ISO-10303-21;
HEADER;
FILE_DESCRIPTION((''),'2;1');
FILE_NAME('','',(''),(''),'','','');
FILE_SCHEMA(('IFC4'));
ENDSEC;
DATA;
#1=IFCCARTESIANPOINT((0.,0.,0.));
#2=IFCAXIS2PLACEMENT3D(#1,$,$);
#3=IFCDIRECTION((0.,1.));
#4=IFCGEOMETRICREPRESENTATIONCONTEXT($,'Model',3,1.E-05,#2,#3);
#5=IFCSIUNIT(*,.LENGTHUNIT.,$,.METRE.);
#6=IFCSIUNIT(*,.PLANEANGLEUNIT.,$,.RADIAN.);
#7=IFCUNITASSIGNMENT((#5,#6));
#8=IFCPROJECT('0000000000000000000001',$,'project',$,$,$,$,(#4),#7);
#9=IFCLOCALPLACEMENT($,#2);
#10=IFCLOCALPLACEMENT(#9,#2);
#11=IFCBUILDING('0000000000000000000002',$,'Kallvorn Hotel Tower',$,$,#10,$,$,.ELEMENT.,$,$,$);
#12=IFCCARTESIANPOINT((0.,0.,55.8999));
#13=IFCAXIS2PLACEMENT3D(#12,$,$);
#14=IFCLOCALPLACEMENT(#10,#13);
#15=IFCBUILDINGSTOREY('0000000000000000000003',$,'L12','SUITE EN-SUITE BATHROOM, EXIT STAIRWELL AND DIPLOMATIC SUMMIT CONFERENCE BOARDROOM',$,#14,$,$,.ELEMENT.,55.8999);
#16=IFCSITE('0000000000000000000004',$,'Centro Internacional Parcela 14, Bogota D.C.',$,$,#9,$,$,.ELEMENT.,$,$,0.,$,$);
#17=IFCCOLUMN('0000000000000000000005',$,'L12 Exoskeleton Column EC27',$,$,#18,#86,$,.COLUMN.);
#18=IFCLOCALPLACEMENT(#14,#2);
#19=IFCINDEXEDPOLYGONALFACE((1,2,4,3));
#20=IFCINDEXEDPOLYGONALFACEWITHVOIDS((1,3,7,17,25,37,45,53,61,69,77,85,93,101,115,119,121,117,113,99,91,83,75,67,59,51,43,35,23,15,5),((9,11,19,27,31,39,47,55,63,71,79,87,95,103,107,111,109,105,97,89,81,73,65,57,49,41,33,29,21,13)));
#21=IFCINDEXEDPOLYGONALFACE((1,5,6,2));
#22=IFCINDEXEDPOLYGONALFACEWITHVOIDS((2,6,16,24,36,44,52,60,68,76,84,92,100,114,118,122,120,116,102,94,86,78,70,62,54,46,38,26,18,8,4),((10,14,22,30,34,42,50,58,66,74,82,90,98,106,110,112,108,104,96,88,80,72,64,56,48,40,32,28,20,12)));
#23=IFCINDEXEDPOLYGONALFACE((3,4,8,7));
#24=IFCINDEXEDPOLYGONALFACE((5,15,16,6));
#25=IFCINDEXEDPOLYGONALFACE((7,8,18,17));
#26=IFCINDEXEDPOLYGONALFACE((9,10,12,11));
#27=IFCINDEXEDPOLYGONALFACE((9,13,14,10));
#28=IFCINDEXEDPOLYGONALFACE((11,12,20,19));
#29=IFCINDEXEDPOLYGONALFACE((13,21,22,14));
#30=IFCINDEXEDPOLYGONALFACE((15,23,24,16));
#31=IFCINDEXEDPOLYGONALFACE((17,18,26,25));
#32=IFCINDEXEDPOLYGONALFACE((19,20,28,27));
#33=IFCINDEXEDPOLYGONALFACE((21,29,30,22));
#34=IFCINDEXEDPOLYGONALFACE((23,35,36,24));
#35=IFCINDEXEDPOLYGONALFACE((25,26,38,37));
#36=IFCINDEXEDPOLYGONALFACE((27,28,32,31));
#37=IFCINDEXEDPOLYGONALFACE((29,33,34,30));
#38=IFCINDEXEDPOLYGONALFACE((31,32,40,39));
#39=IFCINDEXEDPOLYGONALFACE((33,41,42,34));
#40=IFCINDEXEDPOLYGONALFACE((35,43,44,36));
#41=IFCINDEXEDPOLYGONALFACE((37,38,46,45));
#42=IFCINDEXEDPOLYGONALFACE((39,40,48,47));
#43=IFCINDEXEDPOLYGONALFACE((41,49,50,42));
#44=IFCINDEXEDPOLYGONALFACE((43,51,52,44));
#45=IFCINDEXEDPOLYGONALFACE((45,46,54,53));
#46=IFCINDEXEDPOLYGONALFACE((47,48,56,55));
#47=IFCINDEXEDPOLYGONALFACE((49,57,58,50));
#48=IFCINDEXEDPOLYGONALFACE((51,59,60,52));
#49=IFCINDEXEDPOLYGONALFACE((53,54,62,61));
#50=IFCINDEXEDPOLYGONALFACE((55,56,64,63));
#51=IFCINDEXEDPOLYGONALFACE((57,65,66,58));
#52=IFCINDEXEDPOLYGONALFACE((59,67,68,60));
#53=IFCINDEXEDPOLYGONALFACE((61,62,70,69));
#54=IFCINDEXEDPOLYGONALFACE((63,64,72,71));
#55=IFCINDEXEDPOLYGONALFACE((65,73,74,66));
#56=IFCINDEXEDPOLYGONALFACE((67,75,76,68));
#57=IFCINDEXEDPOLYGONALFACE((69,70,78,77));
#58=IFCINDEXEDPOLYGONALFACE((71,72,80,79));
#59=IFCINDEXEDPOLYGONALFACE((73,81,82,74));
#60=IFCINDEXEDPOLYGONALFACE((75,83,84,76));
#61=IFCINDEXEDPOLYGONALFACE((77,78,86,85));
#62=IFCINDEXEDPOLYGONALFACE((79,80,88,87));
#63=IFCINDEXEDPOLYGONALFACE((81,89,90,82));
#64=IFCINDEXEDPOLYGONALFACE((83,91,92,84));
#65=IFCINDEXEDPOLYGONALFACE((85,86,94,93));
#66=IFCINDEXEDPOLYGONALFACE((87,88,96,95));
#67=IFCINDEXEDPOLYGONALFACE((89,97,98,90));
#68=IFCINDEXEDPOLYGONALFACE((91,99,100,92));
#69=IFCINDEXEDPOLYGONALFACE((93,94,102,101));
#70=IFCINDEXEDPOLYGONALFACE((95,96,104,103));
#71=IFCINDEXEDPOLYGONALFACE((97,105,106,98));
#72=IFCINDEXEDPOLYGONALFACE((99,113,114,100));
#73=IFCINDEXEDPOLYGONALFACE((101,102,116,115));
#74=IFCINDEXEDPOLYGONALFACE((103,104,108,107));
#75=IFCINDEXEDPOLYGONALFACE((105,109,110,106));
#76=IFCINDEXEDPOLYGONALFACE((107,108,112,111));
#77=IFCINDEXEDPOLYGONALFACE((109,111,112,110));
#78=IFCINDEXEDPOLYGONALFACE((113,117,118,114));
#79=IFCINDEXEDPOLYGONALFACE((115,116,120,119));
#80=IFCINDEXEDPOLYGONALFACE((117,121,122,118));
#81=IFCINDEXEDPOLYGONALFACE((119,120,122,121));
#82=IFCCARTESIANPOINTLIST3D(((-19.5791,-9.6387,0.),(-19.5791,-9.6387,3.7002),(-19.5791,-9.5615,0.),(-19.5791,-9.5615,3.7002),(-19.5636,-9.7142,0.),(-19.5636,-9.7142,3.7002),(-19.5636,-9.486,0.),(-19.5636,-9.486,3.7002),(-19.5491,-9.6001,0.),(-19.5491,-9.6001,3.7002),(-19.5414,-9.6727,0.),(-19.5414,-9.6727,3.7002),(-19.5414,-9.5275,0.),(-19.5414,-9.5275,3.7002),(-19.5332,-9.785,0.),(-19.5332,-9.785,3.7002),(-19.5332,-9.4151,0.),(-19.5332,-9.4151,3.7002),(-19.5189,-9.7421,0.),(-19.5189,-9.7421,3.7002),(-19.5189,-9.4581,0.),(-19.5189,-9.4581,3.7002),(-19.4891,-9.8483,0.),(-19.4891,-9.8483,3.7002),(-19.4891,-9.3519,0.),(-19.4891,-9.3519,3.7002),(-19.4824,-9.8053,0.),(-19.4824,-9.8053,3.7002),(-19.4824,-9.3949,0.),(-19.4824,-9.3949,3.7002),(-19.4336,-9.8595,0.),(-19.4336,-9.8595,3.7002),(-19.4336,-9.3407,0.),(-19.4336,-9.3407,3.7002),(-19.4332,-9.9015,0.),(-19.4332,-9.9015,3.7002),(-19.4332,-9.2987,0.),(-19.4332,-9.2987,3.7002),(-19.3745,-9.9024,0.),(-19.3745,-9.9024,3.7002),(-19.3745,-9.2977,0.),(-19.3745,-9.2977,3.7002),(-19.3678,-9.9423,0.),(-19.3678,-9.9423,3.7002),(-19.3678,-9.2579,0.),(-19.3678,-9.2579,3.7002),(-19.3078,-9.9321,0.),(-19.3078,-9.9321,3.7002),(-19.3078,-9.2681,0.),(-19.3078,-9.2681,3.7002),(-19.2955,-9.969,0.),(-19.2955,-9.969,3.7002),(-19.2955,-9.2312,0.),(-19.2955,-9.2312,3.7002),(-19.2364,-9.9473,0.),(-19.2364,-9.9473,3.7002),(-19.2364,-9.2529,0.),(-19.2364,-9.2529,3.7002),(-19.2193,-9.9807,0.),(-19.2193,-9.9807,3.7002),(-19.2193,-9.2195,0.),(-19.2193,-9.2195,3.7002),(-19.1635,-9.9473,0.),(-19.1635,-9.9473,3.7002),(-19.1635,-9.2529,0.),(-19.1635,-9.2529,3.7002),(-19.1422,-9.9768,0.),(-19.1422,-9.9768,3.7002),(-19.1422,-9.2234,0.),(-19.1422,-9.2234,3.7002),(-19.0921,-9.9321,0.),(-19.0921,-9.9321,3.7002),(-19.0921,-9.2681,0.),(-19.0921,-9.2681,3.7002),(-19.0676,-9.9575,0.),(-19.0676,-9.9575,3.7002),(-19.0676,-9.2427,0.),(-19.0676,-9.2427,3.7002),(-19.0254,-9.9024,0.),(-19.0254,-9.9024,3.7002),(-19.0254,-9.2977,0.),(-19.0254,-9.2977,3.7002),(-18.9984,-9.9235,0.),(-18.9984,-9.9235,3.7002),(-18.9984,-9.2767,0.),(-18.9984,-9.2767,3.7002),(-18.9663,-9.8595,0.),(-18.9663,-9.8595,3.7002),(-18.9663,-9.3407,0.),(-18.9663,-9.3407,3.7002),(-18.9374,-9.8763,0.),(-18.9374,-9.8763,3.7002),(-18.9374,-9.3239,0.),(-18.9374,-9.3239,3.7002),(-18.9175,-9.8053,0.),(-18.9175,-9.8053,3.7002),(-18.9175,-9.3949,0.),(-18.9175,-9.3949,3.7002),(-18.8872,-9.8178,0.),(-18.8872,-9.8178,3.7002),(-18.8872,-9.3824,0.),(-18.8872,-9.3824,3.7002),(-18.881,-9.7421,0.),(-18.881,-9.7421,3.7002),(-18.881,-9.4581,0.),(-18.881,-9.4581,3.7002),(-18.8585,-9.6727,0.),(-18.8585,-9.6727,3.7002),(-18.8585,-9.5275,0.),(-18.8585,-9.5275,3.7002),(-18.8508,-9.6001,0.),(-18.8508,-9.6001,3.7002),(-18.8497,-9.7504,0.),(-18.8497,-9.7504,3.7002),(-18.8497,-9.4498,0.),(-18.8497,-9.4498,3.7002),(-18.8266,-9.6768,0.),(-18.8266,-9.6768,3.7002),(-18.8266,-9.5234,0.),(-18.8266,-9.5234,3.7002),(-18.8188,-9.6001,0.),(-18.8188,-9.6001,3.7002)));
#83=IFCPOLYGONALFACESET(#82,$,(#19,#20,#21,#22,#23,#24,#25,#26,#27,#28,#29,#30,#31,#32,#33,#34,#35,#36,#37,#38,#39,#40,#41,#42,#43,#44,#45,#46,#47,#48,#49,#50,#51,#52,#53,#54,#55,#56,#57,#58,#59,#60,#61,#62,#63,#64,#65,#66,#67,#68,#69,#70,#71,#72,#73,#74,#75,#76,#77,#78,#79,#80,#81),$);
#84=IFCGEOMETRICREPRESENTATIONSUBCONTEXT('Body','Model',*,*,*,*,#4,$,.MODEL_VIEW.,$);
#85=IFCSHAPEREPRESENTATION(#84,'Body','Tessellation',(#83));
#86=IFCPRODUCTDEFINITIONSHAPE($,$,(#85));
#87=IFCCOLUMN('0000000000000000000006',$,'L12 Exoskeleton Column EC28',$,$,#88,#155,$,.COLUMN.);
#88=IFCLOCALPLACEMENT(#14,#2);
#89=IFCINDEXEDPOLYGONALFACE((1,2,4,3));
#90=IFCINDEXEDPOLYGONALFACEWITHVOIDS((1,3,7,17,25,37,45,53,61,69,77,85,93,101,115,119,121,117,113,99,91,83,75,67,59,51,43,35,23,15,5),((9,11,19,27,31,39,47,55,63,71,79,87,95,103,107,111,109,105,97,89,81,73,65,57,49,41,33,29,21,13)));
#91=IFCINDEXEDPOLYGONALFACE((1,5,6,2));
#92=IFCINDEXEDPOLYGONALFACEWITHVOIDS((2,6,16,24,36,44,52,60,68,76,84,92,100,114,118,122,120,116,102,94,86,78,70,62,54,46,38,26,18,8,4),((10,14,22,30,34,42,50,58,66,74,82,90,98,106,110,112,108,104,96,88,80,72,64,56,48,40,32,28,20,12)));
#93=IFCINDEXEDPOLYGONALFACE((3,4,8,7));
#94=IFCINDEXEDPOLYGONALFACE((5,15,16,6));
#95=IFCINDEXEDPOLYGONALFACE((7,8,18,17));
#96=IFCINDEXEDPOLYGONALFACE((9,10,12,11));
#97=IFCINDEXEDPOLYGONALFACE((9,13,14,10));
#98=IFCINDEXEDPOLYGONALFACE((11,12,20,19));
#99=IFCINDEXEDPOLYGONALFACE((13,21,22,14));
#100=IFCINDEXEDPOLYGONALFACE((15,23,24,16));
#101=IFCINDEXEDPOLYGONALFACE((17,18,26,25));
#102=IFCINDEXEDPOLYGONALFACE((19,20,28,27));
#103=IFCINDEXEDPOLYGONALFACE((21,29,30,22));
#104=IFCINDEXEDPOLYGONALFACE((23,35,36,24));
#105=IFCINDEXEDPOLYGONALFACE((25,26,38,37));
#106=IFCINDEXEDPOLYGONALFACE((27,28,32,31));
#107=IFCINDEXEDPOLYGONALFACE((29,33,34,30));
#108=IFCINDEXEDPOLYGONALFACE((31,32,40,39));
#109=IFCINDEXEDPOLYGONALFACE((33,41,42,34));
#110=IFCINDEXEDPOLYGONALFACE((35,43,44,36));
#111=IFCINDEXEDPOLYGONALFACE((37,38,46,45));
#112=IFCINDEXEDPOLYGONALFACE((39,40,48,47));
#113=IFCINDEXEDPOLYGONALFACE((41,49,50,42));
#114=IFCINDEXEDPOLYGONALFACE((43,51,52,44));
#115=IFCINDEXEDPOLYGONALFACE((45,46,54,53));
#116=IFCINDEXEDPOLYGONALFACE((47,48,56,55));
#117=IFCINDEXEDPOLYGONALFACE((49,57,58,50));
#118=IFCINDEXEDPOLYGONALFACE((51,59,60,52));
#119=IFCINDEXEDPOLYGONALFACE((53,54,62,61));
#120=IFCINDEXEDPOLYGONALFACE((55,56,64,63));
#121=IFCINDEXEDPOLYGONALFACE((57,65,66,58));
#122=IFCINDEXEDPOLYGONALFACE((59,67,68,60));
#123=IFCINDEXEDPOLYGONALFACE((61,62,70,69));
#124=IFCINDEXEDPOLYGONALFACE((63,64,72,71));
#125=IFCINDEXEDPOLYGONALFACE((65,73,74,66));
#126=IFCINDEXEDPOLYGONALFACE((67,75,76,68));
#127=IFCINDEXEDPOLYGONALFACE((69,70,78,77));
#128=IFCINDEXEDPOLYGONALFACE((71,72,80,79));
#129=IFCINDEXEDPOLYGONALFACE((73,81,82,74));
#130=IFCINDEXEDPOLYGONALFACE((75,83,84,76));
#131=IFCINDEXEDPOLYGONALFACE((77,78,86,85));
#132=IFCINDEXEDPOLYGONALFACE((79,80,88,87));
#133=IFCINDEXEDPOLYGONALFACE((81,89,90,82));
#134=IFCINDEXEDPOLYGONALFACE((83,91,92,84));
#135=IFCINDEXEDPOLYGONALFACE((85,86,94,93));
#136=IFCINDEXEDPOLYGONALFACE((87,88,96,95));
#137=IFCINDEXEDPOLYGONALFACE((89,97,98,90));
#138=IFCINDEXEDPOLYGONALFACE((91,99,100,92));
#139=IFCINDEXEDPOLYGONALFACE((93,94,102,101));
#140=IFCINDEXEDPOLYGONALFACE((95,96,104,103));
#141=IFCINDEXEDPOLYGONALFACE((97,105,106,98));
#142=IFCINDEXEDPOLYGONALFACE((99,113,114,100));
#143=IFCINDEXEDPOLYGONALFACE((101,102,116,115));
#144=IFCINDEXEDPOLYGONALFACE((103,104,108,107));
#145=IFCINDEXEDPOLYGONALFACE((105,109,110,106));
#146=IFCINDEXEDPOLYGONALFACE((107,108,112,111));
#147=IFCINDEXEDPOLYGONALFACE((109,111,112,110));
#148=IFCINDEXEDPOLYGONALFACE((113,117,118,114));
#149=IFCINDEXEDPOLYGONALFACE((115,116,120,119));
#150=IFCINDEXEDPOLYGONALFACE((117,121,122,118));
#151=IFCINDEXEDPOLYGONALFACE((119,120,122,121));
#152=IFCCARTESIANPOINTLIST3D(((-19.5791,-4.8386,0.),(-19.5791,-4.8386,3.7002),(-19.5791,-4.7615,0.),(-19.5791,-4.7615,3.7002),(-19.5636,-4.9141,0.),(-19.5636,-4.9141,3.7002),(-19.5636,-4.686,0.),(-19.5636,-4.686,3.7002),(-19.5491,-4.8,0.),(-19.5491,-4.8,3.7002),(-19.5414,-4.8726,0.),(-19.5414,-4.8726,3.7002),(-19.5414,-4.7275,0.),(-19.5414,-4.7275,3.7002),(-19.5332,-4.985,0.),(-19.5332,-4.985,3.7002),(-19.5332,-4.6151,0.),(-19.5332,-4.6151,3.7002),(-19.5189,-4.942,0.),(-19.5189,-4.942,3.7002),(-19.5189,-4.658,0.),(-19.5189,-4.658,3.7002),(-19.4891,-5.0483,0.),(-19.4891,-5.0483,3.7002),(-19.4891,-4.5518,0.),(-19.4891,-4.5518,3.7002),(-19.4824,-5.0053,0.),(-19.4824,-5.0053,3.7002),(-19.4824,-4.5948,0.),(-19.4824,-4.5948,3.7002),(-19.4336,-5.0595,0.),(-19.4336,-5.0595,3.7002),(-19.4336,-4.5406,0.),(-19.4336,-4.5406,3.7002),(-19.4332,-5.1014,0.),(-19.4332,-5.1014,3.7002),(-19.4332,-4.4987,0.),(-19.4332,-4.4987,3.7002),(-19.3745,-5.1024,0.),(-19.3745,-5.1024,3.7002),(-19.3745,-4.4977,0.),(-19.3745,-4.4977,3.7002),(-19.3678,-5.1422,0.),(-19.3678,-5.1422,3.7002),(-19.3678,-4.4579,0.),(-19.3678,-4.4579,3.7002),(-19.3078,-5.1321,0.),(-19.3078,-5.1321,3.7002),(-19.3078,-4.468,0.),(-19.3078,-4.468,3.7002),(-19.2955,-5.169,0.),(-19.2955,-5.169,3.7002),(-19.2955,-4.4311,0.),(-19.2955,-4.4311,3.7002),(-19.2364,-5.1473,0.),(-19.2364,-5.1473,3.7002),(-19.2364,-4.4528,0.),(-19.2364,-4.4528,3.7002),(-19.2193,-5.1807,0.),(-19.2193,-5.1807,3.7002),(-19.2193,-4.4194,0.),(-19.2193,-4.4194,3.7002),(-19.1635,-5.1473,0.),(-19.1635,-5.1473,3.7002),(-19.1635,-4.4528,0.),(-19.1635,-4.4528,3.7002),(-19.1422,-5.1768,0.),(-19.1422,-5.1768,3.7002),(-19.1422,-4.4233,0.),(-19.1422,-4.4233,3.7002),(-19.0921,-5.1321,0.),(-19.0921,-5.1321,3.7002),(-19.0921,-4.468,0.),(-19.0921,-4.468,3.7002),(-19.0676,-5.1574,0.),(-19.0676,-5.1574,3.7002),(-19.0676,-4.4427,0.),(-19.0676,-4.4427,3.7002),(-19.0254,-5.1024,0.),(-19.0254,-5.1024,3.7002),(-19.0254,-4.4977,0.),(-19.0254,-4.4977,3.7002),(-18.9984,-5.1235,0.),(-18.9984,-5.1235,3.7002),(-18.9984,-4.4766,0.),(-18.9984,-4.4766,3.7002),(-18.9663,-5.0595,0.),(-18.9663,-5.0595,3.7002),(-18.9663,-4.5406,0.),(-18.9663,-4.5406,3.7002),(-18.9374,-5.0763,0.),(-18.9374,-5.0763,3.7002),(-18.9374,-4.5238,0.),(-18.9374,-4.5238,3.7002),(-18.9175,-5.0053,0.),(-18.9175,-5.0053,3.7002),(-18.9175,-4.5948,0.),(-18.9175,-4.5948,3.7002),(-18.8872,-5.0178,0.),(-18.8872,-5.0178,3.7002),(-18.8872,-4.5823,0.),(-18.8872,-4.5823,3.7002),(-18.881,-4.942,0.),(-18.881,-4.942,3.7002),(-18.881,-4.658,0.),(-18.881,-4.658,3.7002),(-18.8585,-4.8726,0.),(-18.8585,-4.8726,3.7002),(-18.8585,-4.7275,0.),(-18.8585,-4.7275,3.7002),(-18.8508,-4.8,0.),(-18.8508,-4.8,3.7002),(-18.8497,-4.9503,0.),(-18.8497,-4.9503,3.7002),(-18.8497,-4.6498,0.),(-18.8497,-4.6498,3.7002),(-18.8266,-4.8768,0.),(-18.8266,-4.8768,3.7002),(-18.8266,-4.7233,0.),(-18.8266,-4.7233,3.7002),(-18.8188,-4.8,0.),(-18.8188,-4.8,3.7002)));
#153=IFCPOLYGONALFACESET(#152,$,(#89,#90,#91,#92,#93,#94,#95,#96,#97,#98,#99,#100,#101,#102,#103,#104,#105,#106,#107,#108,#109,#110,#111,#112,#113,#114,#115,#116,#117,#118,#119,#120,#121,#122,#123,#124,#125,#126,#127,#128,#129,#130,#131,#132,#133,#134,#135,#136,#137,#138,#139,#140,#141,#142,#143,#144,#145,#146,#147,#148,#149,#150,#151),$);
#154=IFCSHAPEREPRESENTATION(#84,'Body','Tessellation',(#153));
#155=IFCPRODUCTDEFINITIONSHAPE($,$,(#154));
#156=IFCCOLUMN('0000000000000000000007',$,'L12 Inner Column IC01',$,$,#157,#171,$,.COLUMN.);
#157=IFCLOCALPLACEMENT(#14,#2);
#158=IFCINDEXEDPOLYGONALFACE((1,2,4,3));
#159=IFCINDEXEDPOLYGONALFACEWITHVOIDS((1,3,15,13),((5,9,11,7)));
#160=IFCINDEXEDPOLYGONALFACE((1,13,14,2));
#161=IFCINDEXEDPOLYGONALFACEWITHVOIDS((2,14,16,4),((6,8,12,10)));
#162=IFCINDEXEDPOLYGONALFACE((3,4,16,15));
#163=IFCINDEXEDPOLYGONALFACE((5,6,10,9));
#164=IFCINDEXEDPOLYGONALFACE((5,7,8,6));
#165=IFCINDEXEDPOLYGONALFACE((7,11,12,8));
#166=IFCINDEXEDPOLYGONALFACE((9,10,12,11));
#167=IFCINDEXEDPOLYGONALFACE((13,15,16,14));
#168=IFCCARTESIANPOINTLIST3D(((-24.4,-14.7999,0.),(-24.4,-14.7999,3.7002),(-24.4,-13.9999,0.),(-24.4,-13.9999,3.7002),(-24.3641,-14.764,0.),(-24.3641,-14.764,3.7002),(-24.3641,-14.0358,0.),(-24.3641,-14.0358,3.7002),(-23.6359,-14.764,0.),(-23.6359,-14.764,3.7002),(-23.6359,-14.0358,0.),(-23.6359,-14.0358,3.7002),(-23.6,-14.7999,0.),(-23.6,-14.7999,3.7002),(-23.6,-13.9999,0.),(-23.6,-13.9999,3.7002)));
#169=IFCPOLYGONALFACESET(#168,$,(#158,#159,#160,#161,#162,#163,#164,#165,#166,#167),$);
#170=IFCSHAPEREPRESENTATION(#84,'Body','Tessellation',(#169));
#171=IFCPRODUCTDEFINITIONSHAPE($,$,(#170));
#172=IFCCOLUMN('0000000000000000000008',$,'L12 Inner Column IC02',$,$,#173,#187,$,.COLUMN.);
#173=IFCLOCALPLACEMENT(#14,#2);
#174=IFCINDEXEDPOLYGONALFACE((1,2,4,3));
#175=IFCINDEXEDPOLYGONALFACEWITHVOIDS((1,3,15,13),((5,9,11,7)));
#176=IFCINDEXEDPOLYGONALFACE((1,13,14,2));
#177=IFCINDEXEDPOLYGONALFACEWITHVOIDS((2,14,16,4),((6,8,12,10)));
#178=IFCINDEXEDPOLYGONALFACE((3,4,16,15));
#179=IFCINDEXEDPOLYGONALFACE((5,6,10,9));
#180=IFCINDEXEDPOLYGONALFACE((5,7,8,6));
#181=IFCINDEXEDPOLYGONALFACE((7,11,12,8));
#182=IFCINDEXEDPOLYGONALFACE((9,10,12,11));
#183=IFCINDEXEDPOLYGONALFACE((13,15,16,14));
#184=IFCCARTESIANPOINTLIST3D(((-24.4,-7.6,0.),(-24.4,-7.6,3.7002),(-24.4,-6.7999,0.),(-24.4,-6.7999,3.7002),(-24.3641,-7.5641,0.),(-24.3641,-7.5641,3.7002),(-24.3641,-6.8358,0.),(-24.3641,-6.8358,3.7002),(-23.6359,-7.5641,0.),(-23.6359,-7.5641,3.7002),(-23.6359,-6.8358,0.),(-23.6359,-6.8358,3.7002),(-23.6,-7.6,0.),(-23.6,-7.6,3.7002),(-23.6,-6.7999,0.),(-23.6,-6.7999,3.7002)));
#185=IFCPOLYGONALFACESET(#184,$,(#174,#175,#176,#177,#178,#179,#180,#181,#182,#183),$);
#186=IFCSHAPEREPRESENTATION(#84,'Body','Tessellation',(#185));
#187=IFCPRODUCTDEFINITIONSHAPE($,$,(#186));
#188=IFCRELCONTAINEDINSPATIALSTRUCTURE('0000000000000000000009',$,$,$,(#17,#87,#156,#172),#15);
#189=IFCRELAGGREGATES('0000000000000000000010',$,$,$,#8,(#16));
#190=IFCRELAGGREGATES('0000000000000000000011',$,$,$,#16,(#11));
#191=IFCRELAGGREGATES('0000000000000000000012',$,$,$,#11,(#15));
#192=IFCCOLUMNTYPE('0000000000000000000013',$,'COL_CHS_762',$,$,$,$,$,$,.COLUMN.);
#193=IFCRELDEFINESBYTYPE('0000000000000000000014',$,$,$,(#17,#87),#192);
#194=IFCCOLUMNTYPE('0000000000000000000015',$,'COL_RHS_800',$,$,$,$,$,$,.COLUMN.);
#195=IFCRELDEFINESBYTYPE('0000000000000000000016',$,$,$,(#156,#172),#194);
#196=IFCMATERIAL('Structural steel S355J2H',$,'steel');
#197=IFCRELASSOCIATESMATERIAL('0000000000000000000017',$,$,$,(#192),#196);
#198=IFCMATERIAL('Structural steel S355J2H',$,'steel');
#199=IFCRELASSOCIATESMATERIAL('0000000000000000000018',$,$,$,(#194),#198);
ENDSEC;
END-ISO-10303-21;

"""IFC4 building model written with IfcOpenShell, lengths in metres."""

from ifc_helpers import new_model, si_unit, direction, frame, origin, origin_2d, place, context, subcontext, project, spatial, hollow_rectangle, hollow_circle, extrude, material, material_profile, profile_set, type_object, element, save


model = new_model("IFC4")

# Units and contexts
model_context = context("Model", 3, precision=1e-05, world=origin(), true_north=direction((0.0, 1.0)))
body_context = subcontext(model_context, "Body", "Model", "MODEL_VIEW")
ifc_project = project(units=[si_unit("LENGTHUNIT", "METRE"), si_unit("PLANEANGLEUNIT", "RADIAN")], contexts=[model_context])

# Site, building, storey
site_placement = place(None, origin())
site = spatial("IfcSite", under=ifc_project, at=site_placement, Name="Centro Internacional Parcela 14, Bogota D.C.", CompositionType="ELEMENT", RefElevation=0.0)
building_placement = place(site_placement, origin())
building = spatial("IfcBuilding", under=site, at=building_placement, Name="Kallvorn Hotel Tower", CompositionType="ELEMENT")
storey_placement = place(building_placement, frame((0.0, 0.0, 55.8999)))
storey = spatial("IfcBuildingStorey", under=building, at=storey_placement, Name="L12", Description="SUITE EN-SUITE BATHROOM, EXIT STAIRWELL AND DIPLOMATIC SUMMIT CONFERENCE BOARDROOM", CompositionType="ELEMENT", Elevation=55.8999)

# Columns
ifc_material_1 = material(Name="Structural steel S355J2H", Category="steel")
ifc_material_profile_1 = material_profile(ifc_material_1, hollow_circle(Radius=0.3811, WallThickness=0.032, at=origin_2d()), Name="CHS 762x32")
ifc_profile_set_1 = profile_set([ifc_material_profile_1], Name="Structural steel S355J2H")
column_type_1 = type_object("IfcColumnType", Name="COL_CHS_762", PredefinedType="COLUMN", material=ifc_profile_set_1)
for number, where, z_axis, x_axis, name in (
    (1, (-19.2, -9.6001, 0.0), (0.0, 0.0, 1.0), (1.0, 0.0, 0.0), "L12 Exoskeleton Column EC27"),
    (2, (-19.2, -4.8, 0.0), (0.0, 0.0, 1.0), (1.0, 0.0, 0.0), "L12 Exoskeleton Column EC28"),
):
    element("IfcColumn", number, at=place(storey_placement, frame(where, z_axis=z_axis, x_axis=x_axis)), inside=storey, type_object=column_type_1, Name=name, PredefinedType="COLUMN", context=body_context, shape_type="SweptSolid", body=[
        extrude(hollow_circle(Radius=0.3811, WallThickness=0.032, at=origin_2d()), origin(), (0.0, 0.0, 1.0), 3.7002),
    ])
ifc_material_2 = material(Name="Structural steel S355J2H", Category="steel")
ifc_material_profile_2 = material_profile(ifc_material_2, hollow_rectangle(XDim=0.8, YDim=0.8, WallThickness=0.0359, at=origin_2d()), Name="RHS 800x800x36")
ifc_profile_set_2 = profile_set([ifc_material_profile_2], Name="Structural steel S355J2H")
column_type_2 = type_object("IfcColumnType", Name="COL_RHS_800", PredefinedType="COLUMN", material=ifc_profile_set_2)
for number, where, z_axis, x_axis, name in (
    (3, (-24.0, -14.3999, 0.0), (0.0, 0.0, 1.0), (1.0, 0.0, 0.0), "L12 Inner Column IC01"),
    (4, (-24.0, -7.2, 0.0), (0.0, 0.0, 1.0), (1.0, 0.0, 0.0), "L12 Inner Column IC02"),
):
    element("IfcColumn", number, at=place(storey_placement, frame(where, z_axis=z_axis, x_axis=x_axis)), inside=storey, type_object=column_type_2, Name=name, PredefinedType="COLUMN", context=body_context, shape_type="SweptSolid", body=[
        extrude(hollow_rectangle(XDim=0.8, YDim=0.8, WallThickness=0.0359, at=origin_2d()), origin(), (0.0, 0.0, 1.0), 3.7002),
    ])

save(model, "model.ifc")
